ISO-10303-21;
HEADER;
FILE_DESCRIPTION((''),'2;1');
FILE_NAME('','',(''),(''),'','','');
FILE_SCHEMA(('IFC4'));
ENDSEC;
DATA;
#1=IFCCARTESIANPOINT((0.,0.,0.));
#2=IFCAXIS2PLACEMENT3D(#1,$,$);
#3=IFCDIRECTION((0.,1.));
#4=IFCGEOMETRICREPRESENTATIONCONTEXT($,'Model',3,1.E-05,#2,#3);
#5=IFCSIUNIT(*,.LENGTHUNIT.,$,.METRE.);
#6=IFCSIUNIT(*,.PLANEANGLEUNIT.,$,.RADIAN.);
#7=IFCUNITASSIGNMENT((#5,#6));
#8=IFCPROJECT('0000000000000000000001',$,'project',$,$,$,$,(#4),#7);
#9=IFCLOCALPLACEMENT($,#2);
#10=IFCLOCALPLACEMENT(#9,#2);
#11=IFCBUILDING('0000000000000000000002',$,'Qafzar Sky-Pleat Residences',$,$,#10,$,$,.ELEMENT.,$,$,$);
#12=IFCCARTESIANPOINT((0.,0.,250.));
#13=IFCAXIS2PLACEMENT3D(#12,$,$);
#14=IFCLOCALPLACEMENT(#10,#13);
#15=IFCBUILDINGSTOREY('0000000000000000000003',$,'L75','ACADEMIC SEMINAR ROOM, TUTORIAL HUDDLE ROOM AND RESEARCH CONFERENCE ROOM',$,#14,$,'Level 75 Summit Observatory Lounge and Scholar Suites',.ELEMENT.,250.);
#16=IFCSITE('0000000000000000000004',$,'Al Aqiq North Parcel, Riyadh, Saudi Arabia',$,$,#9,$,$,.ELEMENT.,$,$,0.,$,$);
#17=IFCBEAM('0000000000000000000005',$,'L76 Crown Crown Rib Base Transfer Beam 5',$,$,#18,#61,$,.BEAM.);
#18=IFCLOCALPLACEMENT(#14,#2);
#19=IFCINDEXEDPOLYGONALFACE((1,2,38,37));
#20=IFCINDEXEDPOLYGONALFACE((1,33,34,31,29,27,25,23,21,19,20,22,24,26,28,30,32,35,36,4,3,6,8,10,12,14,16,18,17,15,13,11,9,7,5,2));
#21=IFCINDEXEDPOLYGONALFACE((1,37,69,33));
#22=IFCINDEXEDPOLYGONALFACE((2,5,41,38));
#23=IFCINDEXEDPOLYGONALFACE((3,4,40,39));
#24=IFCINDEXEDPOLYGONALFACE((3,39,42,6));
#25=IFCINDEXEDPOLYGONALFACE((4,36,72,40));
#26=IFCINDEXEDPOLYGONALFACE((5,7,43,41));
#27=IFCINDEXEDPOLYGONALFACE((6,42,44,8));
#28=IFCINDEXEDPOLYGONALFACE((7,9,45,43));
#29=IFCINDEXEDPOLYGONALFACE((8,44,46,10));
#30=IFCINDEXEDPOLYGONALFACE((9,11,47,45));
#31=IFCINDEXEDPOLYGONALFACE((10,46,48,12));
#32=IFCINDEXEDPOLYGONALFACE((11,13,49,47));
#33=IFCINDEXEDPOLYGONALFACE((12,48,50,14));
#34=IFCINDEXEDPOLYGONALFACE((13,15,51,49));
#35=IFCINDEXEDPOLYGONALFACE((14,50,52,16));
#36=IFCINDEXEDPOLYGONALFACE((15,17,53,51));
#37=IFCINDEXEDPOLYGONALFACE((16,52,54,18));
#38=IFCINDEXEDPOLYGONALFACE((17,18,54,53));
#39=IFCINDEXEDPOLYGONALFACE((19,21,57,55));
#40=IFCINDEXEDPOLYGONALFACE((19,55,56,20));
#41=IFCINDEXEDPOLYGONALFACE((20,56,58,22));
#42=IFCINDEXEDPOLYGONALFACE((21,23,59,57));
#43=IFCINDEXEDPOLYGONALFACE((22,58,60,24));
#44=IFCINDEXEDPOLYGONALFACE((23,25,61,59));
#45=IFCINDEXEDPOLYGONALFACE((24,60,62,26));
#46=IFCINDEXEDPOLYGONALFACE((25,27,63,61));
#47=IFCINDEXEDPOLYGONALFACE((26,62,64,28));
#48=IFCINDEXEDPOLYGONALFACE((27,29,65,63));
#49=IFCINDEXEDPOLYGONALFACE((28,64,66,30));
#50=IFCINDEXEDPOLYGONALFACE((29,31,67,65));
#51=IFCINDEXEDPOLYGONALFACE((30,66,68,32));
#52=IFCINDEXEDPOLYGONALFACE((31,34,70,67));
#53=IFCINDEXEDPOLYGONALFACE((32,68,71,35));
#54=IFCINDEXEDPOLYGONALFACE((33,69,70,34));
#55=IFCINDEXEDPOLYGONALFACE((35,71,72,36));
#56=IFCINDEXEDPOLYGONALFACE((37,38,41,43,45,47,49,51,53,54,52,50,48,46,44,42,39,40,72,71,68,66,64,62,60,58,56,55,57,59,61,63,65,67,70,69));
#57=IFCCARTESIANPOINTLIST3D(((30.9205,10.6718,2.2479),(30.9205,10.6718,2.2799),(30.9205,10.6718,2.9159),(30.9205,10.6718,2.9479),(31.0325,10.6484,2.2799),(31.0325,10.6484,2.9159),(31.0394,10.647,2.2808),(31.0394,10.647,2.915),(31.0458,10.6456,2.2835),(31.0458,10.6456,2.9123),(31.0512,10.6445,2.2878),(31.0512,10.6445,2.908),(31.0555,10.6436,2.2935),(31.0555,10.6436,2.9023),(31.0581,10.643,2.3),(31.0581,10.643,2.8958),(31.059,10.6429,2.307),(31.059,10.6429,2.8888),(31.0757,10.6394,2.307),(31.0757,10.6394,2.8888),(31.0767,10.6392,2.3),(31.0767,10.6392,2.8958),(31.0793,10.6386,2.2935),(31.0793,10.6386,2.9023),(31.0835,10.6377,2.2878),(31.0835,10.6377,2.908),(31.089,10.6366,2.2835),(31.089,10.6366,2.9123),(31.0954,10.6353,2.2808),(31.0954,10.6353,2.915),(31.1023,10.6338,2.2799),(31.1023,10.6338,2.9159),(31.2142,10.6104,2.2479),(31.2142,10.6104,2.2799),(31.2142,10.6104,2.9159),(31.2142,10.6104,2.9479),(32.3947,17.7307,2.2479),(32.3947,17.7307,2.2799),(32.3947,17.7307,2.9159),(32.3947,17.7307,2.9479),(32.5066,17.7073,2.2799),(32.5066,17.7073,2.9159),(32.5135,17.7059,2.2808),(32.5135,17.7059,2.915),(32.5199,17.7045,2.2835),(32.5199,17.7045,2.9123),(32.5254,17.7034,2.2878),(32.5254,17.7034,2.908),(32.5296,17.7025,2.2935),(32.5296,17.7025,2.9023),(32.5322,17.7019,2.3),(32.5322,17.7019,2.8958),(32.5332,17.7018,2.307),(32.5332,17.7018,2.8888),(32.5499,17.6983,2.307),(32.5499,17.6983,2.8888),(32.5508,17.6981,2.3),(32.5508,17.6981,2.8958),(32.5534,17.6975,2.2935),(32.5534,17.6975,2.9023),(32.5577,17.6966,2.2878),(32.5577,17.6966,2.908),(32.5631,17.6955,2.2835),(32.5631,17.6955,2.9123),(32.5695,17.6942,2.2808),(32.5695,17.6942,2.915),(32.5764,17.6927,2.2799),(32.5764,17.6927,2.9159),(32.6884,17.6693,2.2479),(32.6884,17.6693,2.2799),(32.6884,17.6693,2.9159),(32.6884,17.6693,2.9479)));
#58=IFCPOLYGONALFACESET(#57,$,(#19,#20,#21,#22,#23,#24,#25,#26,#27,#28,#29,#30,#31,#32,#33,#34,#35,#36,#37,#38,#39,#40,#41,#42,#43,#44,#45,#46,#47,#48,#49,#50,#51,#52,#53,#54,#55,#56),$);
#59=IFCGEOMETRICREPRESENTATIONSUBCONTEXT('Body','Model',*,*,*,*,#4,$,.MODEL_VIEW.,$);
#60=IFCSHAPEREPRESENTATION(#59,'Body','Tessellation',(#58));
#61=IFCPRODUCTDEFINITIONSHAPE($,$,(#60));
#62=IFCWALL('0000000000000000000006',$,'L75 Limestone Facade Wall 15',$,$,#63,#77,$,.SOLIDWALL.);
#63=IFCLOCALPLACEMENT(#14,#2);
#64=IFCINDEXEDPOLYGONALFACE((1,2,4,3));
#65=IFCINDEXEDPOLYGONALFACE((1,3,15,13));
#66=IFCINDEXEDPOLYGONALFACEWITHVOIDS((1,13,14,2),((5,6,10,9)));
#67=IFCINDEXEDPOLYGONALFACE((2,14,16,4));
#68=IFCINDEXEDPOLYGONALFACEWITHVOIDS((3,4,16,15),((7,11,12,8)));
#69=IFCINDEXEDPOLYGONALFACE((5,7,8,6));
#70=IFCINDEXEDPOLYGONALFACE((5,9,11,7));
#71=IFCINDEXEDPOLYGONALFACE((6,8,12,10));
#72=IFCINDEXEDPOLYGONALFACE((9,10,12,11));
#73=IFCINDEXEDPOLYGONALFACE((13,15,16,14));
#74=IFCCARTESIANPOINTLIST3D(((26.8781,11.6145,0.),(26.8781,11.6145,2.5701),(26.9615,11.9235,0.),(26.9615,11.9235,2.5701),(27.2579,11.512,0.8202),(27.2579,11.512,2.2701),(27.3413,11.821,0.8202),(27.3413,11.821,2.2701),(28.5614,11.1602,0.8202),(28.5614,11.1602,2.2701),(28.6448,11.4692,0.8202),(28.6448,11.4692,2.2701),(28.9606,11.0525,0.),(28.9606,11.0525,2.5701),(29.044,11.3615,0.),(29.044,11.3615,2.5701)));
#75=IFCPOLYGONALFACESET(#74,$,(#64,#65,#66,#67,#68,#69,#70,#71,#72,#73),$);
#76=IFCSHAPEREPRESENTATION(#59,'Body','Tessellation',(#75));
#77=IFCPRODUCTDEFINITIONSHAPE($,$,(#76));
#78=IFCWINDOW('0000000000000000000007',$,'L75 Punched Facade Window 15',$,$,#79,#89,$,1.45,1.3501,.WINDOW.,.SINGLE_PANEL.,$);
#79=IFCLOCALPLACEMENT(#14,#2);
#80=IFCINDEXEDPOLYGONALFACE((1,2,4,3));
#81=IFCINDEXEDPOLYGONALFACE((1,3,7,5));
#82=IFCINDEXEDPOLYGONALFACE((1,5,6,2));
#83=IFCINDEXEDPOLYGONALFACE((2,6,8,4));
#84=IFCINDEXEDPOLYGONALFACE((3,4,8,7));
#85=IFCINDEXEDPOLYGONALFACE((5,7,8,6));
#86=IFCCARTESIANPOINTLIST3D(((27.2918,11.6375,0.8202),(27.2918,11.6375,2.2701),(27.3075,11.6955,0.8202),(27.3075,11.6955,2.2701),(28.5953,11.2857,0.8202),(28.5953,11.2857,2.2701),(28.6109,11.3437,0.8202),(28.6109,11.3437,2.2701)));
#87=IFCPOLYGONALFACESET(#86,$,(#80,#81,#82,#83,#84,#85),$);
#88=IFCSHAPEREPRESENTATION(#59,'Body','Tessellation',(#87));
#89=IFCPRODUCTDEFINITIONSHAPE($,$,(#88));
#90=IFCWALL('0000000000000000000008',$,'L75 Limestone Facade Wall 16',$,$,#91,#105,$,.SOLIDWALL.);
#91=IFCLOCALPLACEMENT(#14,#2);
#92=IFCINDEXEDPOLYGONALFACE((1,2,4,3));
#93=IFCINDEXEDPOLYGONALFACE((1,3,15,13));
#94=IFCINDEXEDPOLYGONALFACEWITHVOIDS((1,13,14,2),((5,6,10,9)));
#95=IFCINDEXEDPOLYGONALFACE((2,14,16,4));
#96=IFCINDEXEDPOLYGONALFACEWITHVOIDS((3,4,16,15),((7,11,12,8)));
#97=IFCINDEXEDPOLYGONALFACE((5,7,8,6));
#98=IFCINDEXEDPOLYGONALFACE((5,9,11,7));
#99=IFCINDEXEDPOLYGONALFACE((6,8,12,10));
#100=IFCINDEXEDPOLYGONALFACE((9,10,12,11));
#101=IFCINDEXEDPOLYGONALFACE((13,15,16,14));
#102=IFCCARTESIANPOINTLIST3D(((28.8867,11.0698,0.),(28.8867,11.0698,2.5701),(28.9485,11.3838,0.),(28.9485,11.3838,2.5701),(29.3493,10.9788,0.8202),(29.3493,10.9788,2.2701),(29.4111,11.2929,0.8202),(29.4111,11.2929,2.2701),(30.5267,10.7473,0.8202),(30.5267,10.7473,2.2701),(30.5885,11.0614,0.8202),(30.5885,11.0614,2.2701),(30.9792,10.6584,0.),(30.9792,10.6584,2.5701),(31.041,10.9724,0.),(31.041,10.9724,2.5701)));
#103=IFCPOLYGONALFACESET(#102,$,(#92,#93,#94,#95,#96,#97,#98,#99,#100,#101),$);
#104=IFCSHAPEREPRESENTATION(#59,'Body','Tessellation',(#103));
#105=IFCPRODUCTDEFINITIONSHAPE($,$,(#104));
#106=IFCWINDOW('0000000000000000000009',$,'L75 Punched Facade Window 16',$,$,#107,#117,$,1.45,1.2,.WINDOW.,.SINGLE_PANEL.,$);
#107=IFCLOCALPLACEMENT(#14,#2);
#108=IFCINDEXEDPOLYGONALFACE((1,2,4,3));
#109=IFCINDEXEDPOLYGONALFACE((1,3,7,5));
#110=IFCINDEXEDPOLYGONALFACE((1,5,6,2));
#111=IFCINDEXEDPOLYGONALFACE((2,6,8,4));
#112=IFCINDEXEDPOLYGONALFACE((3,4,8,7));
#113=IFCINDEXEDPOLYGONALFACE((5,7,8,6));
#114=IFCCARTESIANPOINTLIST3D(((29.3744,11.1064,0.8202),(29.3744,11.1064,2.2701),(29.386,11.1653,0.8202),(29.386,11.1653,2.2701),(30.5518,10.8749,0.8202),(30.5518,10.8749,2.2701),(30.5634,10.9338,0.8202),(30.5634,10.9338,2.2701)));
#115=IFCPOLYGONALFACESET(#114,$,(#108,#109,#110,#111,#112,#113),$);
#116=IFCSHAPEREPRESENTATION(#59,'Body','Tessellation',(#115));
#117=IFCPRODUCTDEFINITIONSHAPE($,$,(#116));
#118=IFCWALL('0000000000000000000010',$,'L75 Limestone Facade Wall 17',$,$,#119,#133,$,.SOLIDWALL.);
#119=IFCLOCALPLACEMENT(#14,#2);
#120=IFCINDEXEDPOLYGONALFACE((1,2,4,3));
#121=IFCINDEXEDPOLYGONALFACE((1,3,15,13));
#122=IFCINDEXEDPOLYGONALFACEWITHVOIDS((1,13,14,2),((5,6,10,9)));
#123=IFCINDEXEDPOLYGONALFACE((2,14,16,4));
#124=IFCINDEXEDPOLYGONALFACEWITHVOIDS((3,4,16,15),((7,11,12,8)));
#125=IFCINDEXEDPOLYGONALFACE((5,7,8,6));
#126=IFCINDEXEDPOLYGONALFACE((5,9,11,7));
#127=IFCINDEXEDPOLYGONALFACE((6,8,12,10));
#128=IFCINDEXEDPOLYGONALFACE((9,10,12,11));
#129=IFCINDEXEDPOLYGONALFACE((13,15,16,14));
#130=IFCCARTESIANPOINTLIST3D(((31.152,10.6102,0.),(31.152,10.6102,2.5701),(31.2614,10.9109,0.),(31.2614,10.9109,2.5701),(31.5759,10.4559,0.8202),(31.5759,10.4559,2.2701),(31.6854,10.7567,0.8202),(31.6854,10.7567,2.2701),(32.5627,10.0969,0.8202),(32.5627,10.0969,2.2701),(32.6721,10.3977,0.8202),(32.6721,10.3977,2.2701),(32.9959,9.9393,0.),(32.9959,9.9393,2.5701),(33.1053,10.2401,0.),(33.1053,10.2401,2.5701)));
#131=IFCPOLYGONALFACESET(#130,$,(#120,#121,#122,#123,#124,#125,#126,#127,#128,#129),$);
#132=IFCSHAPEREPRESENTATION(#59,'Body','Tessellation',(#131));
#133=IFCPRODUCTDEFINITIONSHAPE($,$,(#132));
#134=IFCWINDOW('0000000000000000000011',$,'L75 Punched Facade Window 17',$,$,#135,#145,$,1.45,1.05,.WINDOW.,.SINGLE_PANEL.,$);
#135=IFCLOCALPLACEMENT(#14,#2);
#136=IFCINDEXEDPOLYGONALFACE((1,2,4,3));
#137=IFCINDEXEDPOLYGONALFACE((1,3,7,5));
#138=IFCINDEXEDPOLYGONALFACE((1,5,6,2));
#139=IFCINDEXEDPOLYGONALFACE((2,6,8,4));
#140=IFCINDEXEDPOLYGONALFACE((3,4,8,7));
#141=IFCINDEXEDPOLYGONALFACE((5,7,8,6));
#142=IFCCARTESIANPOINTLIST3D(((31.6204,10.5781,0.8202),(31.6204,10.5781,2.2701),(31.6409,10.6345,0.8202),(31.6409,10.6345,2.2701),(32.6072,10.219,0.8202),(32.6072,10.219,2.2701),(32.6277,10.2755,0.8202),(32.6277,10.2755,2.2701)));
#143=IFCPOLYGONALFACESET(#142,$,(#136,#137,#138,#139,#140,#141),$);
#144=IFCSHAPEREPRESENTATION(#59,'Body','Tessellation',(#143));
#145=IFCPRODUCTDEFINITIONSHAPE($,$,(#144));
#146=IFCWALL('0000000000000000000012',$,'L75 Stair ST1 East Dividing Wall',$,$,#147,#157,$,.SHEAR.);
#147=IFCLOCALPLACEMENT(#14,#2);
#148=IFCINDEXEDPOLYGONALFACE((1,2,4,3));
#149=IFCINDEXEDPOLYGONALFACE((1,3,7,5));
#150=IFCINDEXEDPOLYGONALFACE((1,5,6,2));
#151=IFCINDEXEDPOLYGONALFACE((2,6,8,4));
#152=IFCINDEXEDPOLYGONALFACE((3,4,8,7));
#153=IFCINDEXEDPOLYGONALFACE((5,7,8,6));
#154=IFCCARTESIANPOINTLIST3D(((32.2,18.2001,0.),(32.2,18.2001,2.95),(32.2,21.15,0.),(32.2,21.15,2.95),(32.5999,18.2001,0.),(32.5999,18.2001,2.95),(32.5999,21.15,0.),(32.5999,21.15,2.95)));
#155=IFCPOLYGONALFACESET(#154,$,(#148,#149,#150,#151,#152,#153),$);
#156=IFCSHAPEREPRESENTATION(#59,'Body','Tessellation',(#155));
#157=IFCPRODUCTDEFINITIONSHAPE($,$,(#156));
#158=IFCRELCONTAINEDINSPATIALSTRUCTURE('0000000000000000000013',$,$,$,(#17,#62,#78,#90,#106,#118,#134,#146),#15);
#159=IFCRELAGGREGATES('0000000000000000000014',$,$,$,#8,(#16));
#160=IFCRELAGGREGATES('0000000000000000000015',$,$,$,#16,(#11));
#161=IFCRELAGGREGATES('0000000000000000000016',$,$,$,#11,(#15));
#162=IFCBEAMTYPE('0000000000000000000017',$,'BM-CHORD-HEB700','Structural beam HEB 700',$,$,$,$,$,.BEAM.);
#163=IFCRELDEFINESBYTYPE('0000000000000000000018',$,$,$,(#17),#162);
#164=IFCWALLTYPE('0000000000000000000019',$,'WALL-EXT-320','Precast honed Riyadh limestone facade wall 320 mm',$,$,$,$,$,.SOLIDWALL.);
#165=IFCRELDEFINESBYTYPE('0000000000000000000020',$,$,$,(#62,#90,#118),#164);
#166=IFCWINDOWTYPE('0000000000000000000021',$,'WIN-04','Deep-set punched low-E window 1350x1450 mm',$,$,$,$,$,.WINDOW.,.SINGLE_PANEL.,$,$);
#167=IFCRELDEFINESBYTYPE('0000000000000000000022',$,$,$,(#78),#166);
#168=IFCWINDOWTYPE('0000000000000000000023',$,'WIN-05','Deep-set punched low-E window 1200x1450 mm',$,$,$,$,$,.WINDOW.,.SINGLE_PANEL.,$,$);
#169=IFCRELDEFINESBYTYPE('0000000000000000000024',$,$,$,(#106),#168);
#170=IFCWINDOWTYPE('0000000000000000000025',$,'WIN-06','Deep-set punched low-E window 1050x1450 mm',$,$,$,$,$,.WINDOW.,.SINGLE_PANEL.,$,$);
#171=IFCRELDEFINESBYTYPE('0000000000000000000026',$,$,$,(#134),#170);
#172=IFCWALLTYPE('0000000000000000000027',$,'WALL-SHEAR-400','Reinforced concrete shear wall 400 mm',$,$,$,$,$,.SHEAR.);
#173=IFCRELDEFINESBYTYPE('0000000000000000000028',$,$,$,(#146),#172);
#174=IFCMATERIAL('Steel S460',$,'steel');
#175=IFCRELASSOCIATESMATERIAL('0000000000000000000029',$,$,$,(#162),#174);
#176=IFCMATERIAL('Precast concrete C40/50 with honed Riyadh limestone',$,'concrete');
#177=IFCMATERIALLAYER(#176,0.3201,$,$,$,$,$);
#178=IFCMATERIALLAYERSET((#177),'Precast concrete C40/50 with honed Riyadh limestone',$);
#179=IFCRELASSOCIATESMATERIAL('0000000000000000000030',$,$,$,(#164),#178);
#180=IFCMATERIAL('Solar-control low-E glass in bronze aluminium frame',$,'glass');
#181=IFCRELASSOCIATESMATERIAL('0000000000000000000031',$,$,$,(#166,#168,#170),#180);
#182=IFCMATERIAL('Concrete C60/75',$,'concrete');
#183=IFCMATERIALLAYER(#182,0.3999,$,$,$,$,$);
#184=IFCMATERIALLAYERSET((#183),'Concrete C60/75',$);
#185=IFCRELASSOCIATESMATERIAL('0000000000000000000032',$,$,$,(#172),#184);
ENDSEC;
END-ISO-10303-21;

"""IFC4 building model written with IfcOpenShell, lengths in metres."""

from ifc_helpers import new_model, si_unit, direction, frame, frame_2d, origin, origin_2d, place, context, subcontext, project, spatial, rectangle, i_section, extrude, source, transform, mapped, material, layer, layer_set, material_profile, profile_set, type_object, element, fill, save


model = new_model("IFC4")

# Units and contexts
model_context = context("Model", 3, precision=1e-05, world=origin(), true_north=direction((0.0, 1.0)))
body_context = subcontext(model_context, "Body", "Model", "MODEL_VIEW")
ifc_project = project(units=[si_unit("LENGTHUNIT", "METRE"), si_unit("PLANEANGLEUNIT", "RADIAN")], contexts=[model_context])

# Site, building, storey
site_placement = place(None, origin())
site = spatial("IfcSite", under=ifc_project, at=site_placement, Name="Al Aqiq North Parcel, Riyadh, Saudi Arabia", CompositionType="ELEMENT", RefElevation=0.0)
building_placement = place(site_placement, origin())
building = spatial("IfcBuilding", under=site, at=building_placement, Name="Qafzar Sky-Pleat Residences", CompositionType="ELEMENT")
storey_placement = place(building_placement, frame((0.0, 0.0, 250.0)))
storey = spatial("IfcBuildingStorey", under=building, at=storey_placement, Name="L75", Description="ACADEMIC SEMINAR ROOM, TUTORIAL HUDDLE ROOM AND RESEARCH CONFERENCE ROOM", LongName="Level 75 Summit Observatory Lounge and Scholar Suites", CompositionType="ELEMENT", Elevation=250.0)

# Beam
ifc_material_1 = material(Name="Steel S460", Category="steel")
ifc_material_profile_1 = material_profile(ifc_material_1, i_section(OverallWidth=0.3, OverallDepth=0.7, WebThickness=0.0171, FlangeThickness=0.032, FilletRadius=0.0271, at=origin_2d()), Name="HEB 700")
ifc_profile_set_1 = profile_set([ifc_material_profile_1], Name="Steel S460")
beam_type_1 = type_object("IfcBeamType", Name="BM-CHORD-HEB700", Description="Structural beam HEB 700", PredefinedType="BEAM", material=ifc_profile_set_1)
shared_shape_1 = source(origin(), body_context, "Body", "SweptSolid", [
    extrude(i_section(OverallWidth=0.3, OverallDepth=0.7, WebThickness=0.0171, FlangeThickness=0.032, FilletRadius=0.0271, at=origin_2d()), origin(), (0.0, 0.0, 1.0), 7.2112),
])
beam_1_placement = place(storey_placement, frame((31.0674, 10.6411, 2.5979), z_axis=(0.204423, 0.978883, 0.0), x_axis=(-0.978883, 0.204423, 0.0)))
element("IfcBeam", 1, at=beam_1_placement, inside=storey, type_object=beam_type_1, Name="L76 Crown Crown Rib Base Transfer Beam 5", PredefinedType="BEAM", context=body_context, shape_type="MappedRepresentation", body=[
    mapped(shared_shape_1, transform((0.0, 0.0, 0.0), x_axis=(1.0, 0.0, 0.0), y_axis=(0.0, 1.0, 0.0), z_axis=(0.0, 0.0, 1.0), scale=1.0)),
])

# Walls, openings, windows
ifc_material_2 = material(Name="Precast concrete C40/50 with honed Riyadh limestone", Category="concrete")
ifc_layer_1 = layer(ifc_material_2, 0.3201)
ifc_layer_set_1 = layer_set([ifc_layer_1], Name="Precast concrete C40/50 with honed Riyadh limestone")
wall_type_1 = type_object("IfcWallType", Name="WALL-EXT-320", Description="Precast honed Riyadh limestone facade wall 320 mm", PredefinedType="SOLIDWALL", material=ifc_layer_set_1)
wall_1_placement = place(storey_placement, frame((26.9197, 11.769, 0.0), z_axis=(0.0, 0.0, 1.0), x_axis=(0.96546, -0.26055, 0.0)))
wall_1 = element("IfcWall", 2, at=wall_1_placement, inside=storey, type_object=wall_type_1, Name="L75 Limestone Facade Wall 15", PredefinedType="SOLIDWALL", context=body_context, shape_type="SweptSolid", body=[
    extrude(rectangle(XDim=2.157, YDim=0.3201, at=frame_2d((1.0786, 0.0))), origin(), (0.0, 0.0, 1.0), 2.5701),
])
opening_1_placement = place(wall_1_placement, frame((0.3936, 0.0, 0.8201)))
opening_1 = element("IfcOpeningElement", 3, at=opening_1_placement, cuts=wall_1, PredefinedType="OPENING", context=body_context, shape_type="SweptSolid", body=[
    extrude(rectangle(XDim=1.3501, YDim=1.45, at=frame_2d((0.675, 0.7251))), frame((0.0, 0.1699, 0.0), z_axis=(0.0, -1.0, 0.0), x_axis=(1.0, 0.0, 0.0)), (0.0, 0.0, 1.0), 0.3401),
])
ifc_material_3 = material(Name="Solar-control low-E glass in bronze aluminium frame", Category="glass")
window_type_1 = type_object("IfcWindowType", Name="WIN-04", Description="Deep-set punched low-E window 1350x1450 mm", PartitioningType="SINGLE_PANEL", PredefinedType="WINDOW", material=ifc_material_3)
shared_shape_2 = source(origin(), body_context, "Body", "SweptSolid", [
    extrude(rectangle(XDim=1.3501, YDim=1.45, at=frame_2d((0.675, 0.7251))), frame((0.0, 0.03, 0.0), z_axis=(0.0, -1.0, 0.0), x_axis=(1.0, 0.0, 0.0)), (0.0, 0.0, 1.0), 0.0601),
])
window_1_placement = place(opening_1_placement, origin())
window_1 = element("IfcWindow", 4, at=window_1_placement, inside=storey, type_object=window_type_1, Name="L75 Punched Facade Window 15", OverallHeight=1.45, OverallWidth=1.3501, PartitioningType="SINGLE_PANEL", PredefinedType="WINDOW", context=body_context, shape_type="MappedRepresentation", body=[
    mapped(shared_shape_2, transform((0.0, 0.0, 0.0), x_axis=(1.0, 0.0, 0.0), y_axis=(0.0, 1.0, 0.0), z_axis=(0.0, 0.0, 1.0), scale=1.0)),
])
fill(opening_1, window_1)
wall_2_placement = place(storey_placement, frame((28.9175, 11.2268, 0.0), z_axis=(0.0, 0.0, 1.0), x_axis=(0.981218, -0.192901, 0.0)))
wall_2 = element("IfcWall", 5, at=wall_2_placement, inside=storey, type_object=wall_type_1, Name="L75 Limestone Facade Wall 16", PredefinedType="SOLIDWALL", context=body_context, shape_type="SweptSolid", body=[
    extrude(rectangle(XDim=2.1326, YDim=0.3201, at=frame_2d((1.0664, 0.0))), origin(), (0.0, 0.0, 1.0), 2.5701),
])
opening_2_placement = place(wall_2_placement, frame((0.4714, 0.0, 0.8201)))
opening_2 = element("IfcOpeningElement", 6, at=opening_2_placement, cuts=wall_2, PredefinedType="OPENING", context=body_context, shape_type="SweptSolid", body=[
    extrude(rectangle(XDim=1.2, YDim=1.45, at=frame_2d((0.6001, 0.7251))), frame((0.0, 0.1699, 0.0), z_axis=(0.0, -1.0, 0.0), x_axis=(1.0, 0.0, 0.0)), (0.0, 0.0, 1.0), 0.3401),
])
window_type_2 = type_object("IfcWindowType", Name="WIN-05", Description="Deep-set punched low-E window 1200x1450 mm", PartitioningType="SINGLE_PANEL", PredefinedType="WINDOW", material=ifc_material_3)
shared_shape_3 = source(origin(), body_context, "Body", "SweptSolid", [
    extrude(rectangle(XDim=1.2, YDim=1.45, at=frame_2d((0.6001, 0.7251))), frame((0.0, 0.03, 0.0), z_axis=(0.0, -1.0, 0.0), x_axis=(1.0, 0.0, 0.0)), (0.0, 0.0, 1.0), 0.0601),
])
window_2_placement = place(opening_2_placement, origin())
window_2 = element("IfcWindow", 7, at=window_2_placement, inside=storey, type_object=window_type_2, Name="L75 Punched Facade Window 16", OverallHeight=1.45, OverallWidth=1.2, PartitioningType="SINGLE_PANEL", PredefinedType="WINDOW", context=body_context, shape_type="MappedRepresentation", body=[
    mapped(shared_shape_3, transform((0.0, 0.0, 0.0), x_axis=(1.0, 0.0, 0.0), y_axis=(0.0, 1.0, 0.0), z_axis=(0.0, 0.0, 1.0), scale=1.0)),
])
fill(opening_2, window_2)
wall_3_placement = place(storey_placement, frame((31.2068, 10.7605, 0.0), z_axis=(0.0, 0.0, 1.0), x_axis=(0.939735, -0.341903, 0.0)))
wall_3 = element("IfcWall", 8, at=wall_3_placement, inside=storey, type_object=wall_type_1, Name="L75 Limestone Facade Wall 17", PredefinedType="SOLIDWALL", context=body_context, shape_type="SweptSolid", body=[
    extrude(rectangle(XDim=1.9622, YDim=0.3201, at=frame_2d((0.981, 0.0))), origin(), (0.0, 0.0, 1.0), 2.5701),
])
opening_3_placement = place(wall_3_placement, frame((0.4512, 0.0, 0.8201)))
opening_3 = element("IfcOpeningElement", 9, at=opening_3_placement, cuts=wall_3, PredefinedType="OPENING", context=body_context, shape_type="SweptSolid", body=[
    extrude(rectangle(XDim=1.05, YDim=1.45, at=frame_2d((0.5249, 0.7251))), frame((0.0, 0.1699, 0.0), z_axis=(0.0, -1.0, 0.0), x_axis=(1.0, 0.0, 0.0)), (0.0, 0.0, 1.0), 0.3401),
])
window_type_3 = type_object("IfcWindowType", Name="WIN-06", Description="Deep-set punched low-E window 1050x1450 mm", PartitioningType="SINGLE_PANEL", PredefinedType="WINDOW", material=ifc_material_3)
shared_shape_4 = source(origin(), body_context, "Body", "SweptSolid", [
    extrude(rectangle(XDim=1.05, YDim=1.45, at=frame_2d((0.5249, 0.7251))), frame((0.0, 0.03, 0.0), z_axis=(0.0, -1.0, 0.0), x_axis=(1.0, 0.0, 0.0)), (0.0, 0.0, 1.0), 0.0601),
])
window_3_placement = place(opening_3_placement, origin())
window_3 = element("IfcWindow", 10, at=window_3_placement, inside=storey, type_object=window_type_3, Name="L75 Punched Facade Window 17", OverallHeight=1.45, OverallWidth=1.05, PartitioningType="SINGLE_PANEL", PredefinedType="WINDOW", context=body_context, shape_type="MappedRepresentation", body=[
    mapped(shared_shape_4, transform((0.0, 0.0, 0.0), x_axis=(1.0, 0.0, 0.0), y_axis=(0.0, 1.0, 0.0), z_axis=(0.0, 0.0, 1.0), scale=1.0)),
])
fill(opening_3, window_3)

# Wall
ifc_material_4 = material(Name="Concrete C60/75", Category="concrete")
ifc_layer_2 = layer(ifc_material_4, 0.3999)
ifc_layer_set_2 = layer_set([ifc_layer_2], Name="Concrete C60/75")
wall_type_2 = type_object("IfcWallType", Name="WALL-SHEAR-400", Description="Reinforced concrete shear wall 400 mm", PredefinedType="SHEAR", material=ifc_layer_set_2)
wall_4_placement = place(storey_placement, frame((32.3999, 18.2, 0.0), z_axis=(0.0, 0.0, 1.0), x_axis=(0.0, 1.0, 0.0)))
element("IfcWall", 11, at=wall_4_placement, inside=storey, type_object=wall_type_2, Name="L75 Stair ST1 East Dividing Wall", PredefinedType="SHEAR", context=body_context, shape_type="SweptSolid", body=[
    extrude(rectangle(XDim=2.95, YDim=0.3999, at=frame_2d((1.4751, 0.0))), origin(), (0.0, 0.0, 1.0), 2.95),
])

save(model, "model.ifc")
